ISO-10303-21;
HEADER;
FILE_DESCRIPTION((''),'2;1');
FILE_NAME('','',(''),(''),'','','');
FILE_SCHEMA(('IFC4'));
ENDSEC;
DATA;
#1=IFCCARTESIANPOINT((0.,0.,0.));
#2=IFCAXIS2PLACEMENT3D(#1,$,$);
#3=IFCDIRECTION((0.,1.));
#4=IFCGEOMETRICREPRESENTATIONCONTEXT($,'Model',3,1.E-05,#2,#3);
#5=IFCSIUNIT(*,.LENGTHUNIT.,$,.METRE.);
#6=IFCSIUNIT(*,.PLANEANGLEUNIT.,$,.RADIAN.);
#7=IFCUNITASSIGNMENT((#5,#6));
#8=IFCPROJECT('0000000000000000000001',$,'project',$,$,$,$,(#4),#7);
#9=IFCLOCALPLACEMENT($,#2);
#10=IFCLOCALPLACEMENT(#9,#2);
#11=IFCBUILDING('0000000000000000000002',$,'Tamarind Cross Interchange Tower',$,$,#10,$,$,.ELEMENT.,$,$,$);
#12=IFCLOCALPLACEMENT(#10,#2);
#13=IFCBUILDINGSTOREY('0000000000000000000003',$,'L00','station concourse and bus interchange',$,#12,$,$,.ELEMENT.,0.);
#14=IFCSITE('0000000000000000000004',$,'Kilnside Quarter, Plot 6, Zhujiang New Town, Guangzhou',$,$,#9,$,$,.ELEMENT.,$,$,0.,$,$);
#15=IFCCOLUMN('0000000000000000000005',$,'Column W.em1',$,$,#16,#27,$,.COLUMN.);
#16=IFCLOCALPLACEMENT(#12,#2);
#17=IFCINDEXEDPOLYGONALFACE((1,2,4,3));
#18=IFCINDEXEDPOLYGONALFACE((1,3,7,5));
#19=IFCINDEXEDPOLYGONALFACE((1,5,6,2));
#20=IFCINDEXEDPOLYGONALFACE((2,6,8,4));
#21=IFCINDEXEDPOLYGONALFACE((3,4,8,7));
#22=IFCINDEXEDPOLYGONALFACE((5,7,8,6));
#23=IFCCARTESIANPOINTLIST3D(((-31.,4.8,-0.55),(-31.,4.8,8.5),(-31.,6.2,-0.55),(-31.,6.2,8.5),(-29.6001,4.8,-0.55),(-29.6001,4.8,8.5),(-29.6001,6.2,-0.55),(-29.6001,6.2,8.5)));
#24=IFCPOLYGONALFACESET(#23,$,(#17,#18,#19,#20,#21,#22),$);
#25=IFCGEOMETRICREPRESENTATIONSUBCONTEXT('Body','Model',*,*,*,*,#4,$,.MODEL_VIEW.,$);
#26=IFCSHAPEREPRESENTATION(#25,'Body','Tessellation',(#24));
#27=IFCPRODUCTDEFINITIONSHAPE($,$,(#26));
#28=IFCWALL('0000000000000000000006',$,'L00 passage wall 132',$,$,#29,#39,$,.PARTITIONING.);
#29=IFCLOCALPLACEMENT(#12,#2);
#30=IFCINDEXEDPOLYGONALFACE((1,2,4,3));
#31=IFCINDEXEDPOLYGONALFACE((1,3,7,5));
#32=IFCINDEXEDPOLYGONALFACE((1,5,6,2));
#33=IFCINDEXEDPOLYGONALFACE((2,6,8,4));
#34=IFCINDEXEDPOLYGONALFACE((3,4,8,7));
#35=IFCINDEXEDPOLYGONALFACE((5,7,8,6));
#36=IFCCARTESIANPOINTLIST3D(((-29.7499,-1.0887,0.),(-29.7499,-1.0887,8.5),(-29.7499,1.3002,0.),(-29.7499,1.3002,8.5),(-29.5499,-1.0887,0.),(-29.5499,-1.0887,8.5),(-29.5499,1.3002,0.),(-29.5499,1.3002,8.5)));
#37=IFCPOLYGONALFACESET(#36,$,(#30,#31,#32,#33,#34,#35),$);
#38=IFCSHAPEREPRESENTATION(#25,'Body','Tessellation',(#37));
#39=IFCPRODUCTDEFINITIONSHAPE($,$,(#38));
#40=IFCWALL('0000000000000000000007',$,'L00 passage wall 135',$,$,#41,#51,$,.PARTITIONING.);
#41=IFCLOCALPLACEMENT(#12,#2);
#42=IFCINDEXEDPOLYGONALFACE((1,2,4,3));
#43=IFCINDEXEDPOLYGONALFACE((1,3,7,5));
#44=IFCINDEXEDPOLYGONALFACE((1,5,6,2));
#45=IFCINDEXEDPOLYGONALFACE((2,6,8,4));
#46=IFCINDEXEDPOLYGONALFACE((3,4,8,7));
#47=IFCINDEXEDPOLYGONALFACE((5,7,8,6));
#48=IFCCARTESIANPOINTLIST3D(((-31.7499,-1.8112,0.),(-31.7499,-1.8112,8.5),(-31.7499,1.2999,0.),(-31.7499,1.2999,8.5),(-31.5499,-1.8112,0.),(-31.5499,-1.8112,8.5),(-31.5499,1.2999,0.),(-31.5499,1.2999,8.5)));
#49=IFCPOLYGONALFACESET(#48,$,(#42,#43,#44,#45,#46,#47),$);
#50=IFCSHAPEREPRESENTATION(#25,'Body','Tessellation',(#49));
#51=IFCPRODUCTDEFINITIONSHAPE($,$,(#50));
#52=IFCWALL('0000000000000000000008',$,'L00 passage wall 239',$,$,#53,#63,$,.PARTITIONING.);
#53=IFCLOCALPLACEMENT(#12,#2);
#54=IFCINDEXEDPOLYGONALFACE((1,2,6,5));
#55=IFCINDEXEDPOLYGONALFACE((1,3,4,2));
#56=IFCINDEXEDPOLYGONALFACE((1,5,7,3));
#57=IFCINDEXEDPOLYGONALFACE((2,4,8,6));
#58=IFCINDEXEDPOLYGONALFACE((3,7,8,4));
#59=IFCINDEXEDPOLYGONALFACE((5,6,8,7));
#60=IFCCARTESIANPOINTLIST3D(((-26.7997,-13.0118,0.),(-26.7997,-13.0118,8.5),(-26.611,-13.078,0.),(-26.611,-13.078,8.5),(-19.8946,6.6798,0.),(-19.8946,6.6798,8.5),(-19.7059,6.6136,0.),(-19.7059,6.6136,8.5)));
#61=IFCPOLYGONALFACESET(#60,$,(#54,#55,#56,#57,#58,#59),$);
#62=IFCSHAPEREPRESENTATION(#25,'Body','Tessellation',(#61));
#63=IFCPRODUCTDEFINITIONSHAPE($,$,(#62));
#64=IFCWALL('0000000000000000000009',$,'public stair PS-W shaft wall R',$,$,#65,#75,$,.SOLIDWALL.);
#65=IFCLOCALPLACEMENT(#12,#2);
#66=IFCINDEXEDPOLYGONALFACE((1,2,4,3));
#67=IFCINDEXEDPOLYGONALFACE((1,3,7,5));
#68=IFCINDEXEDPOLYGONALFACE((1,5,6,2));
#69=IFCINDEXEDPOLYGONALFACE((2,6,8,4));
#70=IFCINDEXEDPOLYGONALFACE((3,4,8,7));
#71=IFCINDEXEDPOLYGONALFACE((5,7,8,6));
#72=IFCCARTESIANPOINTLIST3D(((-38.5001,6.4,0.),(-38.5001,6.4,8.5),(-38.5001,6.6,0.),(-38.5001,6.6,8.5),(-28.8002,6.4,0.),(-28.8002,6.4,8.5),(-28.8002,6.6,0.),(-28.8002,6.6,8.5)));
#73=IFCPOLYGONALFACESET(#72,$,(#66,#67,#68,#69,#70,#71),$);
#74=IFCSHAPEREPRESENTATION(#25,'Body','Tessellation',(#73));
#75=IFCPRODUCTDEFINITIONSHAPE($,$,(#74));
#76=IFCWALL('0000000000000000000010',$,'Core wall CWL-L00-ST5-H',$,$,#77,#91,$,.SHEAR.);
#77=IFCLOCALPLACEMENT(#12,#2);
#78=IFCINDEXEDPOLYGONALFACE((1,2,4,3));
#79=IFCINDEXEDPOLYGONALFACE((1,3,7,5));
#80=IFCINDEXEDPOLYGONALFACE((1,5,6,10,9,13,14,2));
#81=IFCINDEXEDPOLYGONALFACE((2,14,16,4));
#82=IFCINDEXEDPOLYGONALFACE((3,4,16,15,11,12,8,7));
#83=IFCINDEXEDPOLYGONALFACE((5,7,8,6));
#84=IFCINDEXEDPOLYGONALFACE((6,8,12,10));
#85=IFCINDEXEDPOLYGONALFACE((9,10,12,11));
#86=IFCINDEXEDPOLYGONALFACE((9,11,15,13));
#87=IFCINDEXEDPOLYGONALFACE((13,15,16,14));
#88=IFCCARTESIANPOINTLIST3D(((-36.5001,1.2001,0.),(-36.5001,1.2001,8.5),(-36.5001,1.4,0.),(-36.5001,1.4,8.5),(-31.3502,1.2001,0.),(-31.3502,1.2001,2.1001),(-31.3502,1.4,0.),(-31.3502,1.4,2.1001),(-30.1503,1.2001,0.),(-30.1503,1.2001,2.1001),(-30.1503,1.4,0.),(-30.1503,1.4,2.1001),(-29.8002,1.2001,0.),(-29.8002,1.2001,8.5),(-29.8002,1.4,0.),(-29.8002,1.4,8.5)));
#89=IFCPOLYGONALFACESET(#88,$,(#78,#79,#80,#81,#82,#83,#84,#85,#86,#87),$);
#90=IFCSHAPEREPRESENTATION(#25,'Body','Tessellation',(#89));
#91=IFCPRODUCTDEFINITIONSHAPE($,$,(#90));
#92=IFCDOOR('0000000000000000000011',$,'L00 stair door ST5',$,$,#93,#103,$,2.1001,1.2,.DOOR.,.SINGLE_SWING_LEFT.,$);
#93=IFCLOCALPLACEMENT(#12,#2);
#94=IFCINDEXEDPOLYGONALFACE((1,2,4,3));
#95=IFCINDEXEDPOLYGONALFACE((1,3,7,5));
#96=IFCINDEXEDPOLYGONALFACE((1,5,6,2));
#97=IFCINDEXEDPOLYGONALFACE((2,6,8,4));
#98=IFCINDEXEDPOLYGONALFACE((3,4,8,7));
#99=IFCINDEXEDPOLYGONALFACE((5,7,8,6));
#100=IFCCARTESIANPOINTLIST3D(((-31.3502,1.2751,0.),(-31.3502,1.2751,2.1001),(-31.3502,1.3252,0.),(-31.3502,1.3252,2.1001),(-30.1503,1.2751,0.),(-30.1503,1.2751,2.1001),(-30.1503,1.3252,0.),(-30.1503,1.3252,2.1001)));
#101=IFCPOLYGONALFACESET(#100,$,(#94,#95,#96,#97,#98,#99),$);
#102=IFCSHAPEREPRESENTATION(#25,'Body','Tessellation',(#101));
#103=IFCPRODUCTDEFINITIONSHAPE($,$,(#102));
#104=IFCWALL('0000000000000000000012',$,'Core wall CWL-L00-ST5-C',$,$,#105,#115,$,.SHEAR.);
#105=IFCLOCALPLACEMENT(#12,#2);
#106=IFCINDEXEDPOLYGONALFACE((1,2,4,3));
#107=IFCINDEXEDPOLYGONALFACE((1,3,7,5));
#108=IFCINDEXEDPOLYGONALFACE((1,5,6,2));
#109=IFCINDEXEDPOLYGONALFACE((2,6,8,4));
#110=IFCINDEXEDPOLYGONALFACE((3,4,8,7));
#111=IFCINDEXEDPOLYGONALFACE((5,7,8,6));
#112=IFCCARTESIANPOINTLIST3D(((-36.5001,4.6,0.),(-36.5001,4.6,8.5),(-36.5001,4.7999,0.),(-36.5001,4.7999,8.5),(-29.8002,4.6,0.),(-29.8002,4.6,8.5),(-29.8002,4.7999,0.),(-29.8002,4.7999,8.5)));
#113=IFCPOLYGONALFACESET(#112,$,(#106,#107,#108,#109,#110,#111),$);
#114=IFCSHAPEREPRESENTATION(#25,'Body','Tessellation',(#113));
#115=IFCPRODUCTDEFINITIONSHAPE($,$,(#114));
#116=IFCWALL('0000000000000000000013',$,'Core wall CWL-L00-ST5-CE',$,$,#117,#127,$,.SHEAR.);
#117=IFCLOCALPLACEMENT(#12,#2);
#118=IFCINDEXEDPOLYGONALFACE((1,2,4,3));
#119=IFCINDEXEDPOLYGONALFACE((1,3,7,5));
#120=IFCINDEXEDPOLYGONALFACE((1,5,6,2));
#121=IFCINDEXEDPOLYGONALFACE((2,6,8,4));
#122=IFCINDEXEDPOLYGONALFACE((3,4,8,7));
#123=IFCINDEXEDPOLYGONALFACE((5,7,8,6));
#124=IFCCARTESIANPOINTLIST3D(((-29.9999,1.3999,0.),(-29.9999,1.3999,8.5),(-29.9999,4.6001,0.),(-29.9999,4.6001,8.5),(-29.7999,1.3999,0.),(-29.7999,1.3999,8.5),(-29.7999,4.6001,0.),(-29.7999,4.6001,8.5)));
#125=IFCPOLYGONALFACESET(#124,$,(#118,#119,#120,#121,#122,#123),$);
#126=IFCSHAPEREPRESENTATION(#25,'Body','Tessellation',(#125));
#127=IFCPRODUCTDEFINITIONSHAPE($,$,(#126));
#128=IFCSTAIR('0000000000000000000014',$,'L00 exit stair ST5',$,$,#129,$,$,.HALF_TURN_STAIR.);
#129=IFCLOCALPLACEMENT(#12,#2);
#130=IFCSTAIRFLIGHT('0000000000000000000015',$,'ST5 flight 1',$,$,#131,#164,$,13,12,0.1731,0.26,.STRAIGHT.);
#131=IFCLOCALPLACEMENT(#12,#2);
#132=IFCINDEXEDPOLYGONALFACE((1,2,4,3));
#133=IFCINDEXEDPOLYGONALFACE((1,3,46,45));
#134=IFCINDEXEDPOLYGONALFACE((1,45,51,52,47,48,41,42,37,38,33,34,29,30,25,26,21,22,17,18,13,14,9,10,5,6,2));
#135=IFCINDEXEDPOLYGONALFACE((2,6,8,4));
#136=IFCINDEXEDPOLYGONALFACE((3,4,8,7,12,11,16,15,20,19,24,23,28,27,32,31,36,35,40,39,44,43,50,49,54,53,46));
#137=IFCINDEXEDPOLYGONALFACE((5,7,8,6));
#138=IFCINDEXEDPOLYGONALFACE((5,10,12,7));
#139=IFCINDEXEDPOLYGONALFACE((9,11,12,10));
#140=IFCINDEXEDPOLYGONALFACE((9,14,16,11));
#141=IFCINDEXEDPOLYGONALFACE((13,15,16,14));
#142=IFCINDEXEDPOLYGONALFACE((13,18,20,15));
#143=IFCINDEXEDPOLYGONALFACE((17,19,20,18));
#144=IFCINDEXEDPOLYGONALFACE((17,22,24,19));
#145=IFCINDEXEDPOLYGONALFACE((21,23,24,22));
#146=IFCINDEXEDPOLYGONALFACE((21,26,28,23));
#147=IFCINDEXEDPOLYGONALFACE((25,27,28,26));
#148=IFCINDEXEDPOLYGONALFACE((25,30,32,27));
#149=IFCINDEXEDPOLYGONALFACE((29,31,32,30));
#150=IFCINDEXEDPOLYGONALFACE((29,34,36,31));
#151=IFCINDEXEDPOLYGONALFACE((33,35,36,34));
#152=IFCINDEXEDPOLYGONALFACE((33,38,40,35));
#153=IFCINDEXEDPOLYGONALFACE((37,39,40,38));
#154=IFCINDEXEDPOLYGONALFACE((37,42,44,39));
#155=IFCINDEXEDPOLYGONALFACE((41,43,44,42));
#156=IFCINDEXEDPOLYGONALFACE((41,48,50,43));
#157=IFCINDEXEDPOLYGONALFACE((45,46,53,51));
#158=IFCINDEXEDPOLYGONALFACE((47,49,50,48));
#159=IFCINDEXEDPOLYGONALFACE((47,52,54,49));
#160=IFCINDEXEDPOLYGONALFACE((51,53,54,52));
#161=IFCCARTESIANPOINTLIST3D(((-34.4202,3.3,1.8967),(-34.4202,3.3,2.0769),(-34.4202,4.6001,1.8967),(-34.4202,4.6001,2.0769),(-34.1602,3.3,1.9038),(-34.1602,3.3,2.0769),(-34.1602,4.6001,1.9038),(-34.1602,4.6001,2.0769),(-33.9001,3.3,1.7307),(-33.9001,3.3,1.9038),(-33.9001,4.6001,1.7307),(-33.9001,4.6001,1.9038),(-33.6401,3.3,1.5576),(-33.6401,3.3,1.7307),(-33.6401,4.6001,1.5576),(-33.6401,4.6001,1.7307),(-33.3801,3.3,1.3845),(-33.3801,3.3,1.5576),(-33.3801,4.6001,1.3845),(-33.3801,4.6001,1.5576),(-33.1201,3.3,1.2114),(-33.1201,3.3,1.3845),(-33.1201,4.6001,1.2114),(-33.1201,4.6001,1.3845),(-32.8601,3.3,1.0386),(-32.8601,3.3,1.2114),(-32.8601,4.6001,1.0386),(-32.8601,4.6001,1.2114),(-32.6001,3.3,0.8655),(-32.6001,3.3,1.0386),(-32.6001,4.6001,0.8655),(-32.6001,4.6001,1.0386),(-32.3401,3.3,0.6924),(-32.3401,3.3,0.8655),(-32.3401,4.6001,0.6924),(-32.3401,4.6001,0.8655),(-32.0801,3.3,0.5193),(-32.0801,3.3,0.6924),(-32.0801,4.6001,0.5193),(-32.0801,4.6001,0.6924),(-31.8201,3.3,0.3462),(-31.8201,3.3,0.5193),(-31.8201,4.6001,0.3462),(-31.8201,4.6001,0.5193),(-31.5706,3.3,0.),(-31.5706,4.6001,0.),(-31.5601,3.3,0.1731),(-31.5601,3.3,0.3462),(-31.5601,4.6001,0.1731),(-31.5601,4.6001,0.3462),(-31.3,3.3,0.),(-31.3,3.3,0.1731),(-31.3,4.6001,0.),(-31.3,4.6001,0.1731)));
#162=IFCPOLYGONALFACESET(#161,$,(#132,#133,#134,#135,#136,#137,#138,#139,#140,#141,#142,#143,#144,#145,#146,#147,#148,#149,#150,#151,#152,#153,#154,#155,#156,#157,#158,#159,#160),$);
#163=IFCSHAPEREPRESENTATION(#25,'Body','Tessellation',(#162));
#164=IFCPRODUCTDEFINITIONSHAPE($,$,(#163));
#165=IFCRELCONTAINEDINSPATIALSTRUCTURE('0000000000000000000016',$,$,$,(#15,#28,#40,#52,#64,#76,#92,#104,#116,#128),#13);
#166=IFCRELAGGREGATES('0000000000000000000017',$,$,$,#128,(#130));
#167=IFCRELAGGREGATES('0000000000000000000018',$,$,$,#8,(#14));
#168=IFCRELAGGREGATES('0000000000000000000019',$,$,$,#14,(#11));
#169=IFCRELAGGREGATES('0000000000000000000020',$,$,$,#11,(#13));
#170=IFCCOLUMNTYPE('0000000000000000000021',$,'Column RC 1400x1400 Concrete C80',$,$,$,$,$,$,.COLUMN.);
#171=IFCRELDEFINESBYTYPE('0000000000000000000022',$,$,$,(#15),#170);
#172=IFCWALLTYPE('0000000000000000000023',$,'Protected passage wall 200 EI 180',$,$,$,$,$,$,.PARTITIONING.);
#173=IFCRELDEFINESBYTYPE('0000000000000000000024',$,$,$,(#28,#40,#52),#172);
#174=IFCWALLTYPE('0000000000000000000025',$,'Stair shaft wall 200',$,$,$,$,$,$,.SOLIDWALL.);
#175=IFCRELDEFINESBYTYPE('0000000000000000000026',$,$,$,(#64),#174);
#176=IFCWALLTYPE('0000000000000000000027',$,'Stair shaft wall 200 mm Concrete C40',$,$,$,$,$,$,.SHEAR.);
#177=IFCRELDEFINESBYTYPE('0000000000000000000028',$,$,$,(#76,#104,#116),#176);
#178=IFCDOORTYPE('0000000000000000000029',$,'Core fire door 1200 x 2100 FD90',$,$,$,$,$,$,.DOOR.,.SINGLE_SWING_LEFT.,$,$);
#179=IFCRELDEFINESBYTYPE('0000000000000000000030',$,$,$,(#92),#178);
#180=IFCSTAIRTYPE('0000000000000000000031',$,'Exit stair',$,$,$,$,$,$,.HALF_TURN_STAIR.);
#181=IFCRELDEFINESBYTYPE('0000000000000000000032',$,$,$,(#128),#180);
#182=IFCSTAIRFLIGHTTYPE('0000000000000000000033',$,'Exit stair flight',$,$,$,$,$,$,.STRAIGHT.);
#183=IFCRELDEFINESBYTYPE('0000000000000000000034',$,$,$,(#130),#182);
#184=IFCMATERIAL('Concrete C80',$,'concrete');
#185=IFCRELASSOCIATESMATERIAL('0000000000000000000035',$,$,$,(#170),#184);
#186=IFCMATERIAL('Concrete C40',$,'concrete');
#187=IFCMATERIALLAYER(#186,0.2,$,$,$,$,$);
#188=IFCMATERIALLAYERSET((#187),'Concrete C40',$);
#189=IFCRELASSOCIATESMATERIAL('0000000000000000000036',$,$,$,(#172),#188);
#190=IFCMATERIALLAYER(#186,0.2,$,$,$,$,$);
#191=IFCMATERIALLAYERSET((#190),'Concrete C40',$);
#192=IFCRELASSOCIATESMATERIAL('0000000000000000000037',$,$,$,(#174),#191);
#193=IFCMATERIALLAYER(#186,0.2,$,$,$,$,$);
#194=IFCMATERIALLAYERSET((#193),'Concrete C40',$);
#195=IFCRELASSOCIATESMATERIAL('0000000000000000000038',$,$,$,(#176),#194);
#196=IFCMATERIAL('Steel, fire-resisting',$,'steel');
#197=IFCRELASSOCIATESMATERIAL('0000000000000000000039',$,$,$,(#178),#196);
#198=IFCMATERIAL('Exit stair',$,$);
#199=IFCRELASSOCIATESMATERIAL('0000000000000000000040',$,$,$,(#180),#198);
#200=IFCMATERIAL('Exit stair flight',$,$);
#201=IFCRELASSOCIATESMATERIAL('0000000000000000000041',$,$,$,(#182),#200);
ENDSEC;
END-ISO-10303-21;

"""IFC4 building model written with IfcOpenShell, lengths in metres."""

from ifc_helpers import new_model, si_unit, direction, frame, frame_2d, origin, origin_2d, place, context, subcontext, project, spatial, polyline, rectangle, outline, extrude, material, layer, layer_set, material_profile, profile_set, type_object, element, fill, aggregate, save


model = new_model("IFC4")

# Units and contexts
model_context = context("Model", 3, precision=1e-05, world=origin(), true_north=direction((0.0, 1.0)))
body_context = subcontext(model_context, "Body", "Model", "MODEL_VIEW")
ifc_project = project(units=[si_unit("LENGTHUNIT", "METRE"), si_unit("PLANEANGLEUNIT", "RADIAN")], contexts=[model_context])

# Site, building, storey
site_placement = place(None, origin())
site = spatial("IfcSite", under=ifc_project, at=site_placement, Name="Kilnside Quarter, Plot 6, Zhujiang New Town, Guangzhou", CompositionType="ELEMENT", RefElevation=0.0)
building_placement = place(site_placement, origin())
building = spatial("IfcBuilding", under=site, at=building_placement, Name="Tamarind Cross Interchange Tower", CompositionType="ELEMENT")
storey_placement = place(building_placement, origin())
storey = spatial("IfcBuildingStorey", under=building, at=storey_placement, Name="L00", Description="station concourse and bus interchange", CompositionType="ELEMENT", Elevation=0.0)

# Column
ifc_material_1 = material(Name="Concrete C80", Category="concrete")
ifc_material_profile = material_profile(ifc_material_1, rectangle(XDim=1.3999, YDim=1.3999, at=origin_2d()), Name="RC 1400x1400")
ifc_profile_set = profile_set([ifc_material_profile], Name="Concrete C80")
column_type = type_object("IfcColumnType", Name="Column RC 1400x1400 Concrete C80", PredefinedType="COLUMN", material=ifc_profile_set)
column_placement = place(storey_placement, frame((-30.3, 5.5, -0.55), z_axis=(0.0, 0.0, 1.0), x_axis=(1.0, 0.0, 0.0)))
element("IfcColumn", 1, at=column_placement, inside=storey, type_object=column_type, Name="Column W.em1", PredefinedType="COLUMN", context=body_context, shape_type="SweptSolid", body=[
    extrude(rectangle(XDim=1.3999, YDim=1.3999, at=origin_2d()), origin(), (0.0, 0.0, 1.0), 9.05),
])

# Walls
ifc_material_2 = material(Name="Concrete C40", Category="concrete")
ifc_layer_1 = layer(ifc_material_2, 0.2)
ifc_layer_set_1 = layer_set([ifc_layer_1], Name="Concrete C40")
wall_type_1 = type_object("IfcWallType", Name="Protected passage wall 200 EI 180", PredefinedType="PARTITIONING", material=ifc_layer_set_1)
wall_1_placement = place(storey_placement, frame((-29.6499, 1.3, 0.0), z_axis=(0.0, 0.0, 1.0), x_axis=(0.0, -1.0, 0.0)))
element("IfcWall", 2, at=wall_1_placement, inside=storey, type_object=wall_type_1, Name="L00 passage wall 132", PredefinedType="PARTITIONING", context=body_context, shape_type="SweptSolid", body=[
    extrude(rectangle(XDim=2.3889, YDim=0.2, at=frame_2d((1.1943, 0.0))), origin(), (0.0, 0.0, 1.0), 8.5),
])
wall_2_placement = place(storey_placement, frame((-31.6499, 1.3, 0.0), z_axis=(0.0, 0.0, 1.0), x_axis=(0.0, -1.0, 0.0)))
element("IfcWall", 3, at=wall_2_placement, inside=storey, type_object=wall_type_1, Name="L00 passage wall 135", PredefinedType="PARTITIONING", context=body_context, shape_type="SweptSolid", body=[
    extrude(rectangle(XDim=3.1111, YDim=0.2, at=frame_2d((1.5557, 0.0))), origin(), (0.0, 0.0, 1.0), 8.5),
])
wall_3_placement = place(storey_placement, frame((-19.8003, 6.6467, 0.0), z_axis=(0.0, 0.0, 1.0), x_axis=(-0.330903, -0.943665, 0.0)))
element("IfcWall", 4, at=wall_3_placement, inside=storey, type_object=wall_type_1, Name="L00 passage wall 239", PredefinedType="PARTITIONING", context=body_context, shape_type="SweptSolid", body=[
    extrude(rectangle(XDim=20.8672, YDim=0.2, at=frame_2d((10.4336, 0.0))), origin(), (0.0, 0.0, 1.0), 8.5),
])
ifc_layer_2 = layer(ifc_material_2, 0.2)
ifc_layer_set_2 = layer_set([ifc_layer_2], Name="Concrete C40")
wall_type_2 = type_object("IfcWallType", Name="Stair shaft wall 200", PredefinedType="SOLIDWALL", material=ifc_layer_set_2)
wall_4_placement = place(storey_placement, frame((-28.8, 6.5, 0.0), z_axis=(0.0, 0.0, 1.0), x_axis=(-1.0, 0.0, 0.0)))
element("IfcWall", 5, at=wall_4_placement, inside=storey, type_object=wall_type_2, Name="public stair PS-W shaft wall R", PredefinedType="SOLIDWALL", context=body_context, shape_type="SweptSolid", body=[
    extrude(rectangle(XDim=9.7, YDim=0.2, at=frame_2d((4.8501, 0.0))), origin(), (0.0, 0.0, 1.0), 8.5),
])

# Wall, opening, door
ifc_layer_3 = layer(ifc_material_2, 0.2)
ifc_layer_set_3 = layer_set([ifc_layer_3], Name="Concrete C40")
wall_type_3 = type_object("IfcWallType", Name="Stair shaft wall 200 mm Concrete C40", PredefinedType="SHEAR", material=ifc_layer_set_3)
wall_5_placement = place(storey_placement, frame((-29.8, 1.3, 0.0), z_axis=(0.0, 0.0, 1.0), x_axis=(-1.0, 0.0, 0.0)))
wall_5 = element("IfcWall", 6, at=wall_5_placement, inside=storey, type_object=wall_type_3, Name="Core wall CWL-L00-ST5-H", PredefinedType="SHEAR", context=body_context, shape_type="SweptSolid", body=[
    extrude(rectangle(XDim=6.7, YDim=0.2, at=frame_2d((3.3501, 0.0))), origin(), (0.0, 0.0, 1.0), 8.5),
])
opening_placement = place(wall_5_placement, frame((0.3501, 0.0, 0.0)))
opening = element("IfcOpeningElement", 7, at=opening_placement, cuts=wall_5, PredefinedType="OPENING", context=body_context, shape_type="SweptSolid", body=[
    extrude(rectangle(XDim=1.2, YDim=2.1001, at=frame_2d((0.6001, 1.05))), frame((0.0, 0.1099, 0.0), z_axis=(0.0, -1.0, 0.0), x_axis=(1.0, 0.0, 0.0)), (0.0, 0.0, 1.0), 0.22),
])
ifc_material_3 = material(Name="Steel, fire-resisting", Category="steel")
door_type = type_object("IfcDoorType", Name="Core fire door 1200 x 2100 FD90", OperationType="SINGLE_SWING_LEFT", PredefinedType="DOOR", material=ifc_material_3)
door_placement = place(opening_placement, origin())
door = element("IfcDoor", 8, at=door_placement, inside=storey, type_object=door_type, Name="L00 stair door ST5", OperationType="SINGLE_SWING_LEFT", OverallHeight=2.1001, OverallWidth=1.2, PredefinedType="DOOR", context=body_context, shape_type="SweptSolid", body=[
    extrude(rectangle(XDim=1.2, YDim=2.1001, at=frame_2d((0.6001, 1.05))), frame((0.0, 0.0249, 0.0), z_axis=(0.0, -1.0, 0.0), x_axis=(1.0, 0.0, 0.0)), (0.0, 0.0, 1.0), 0.05),
])
fill(opening, door)

# Walls
wall_6_placement = place(storey_placement, frame((-29.8, 4.7, 0.0), z_axis=(0.0, 0.0, 1.0), x_axis=(-1.0, 0.0, 0.0)))
element("IfcWall", 9, at=wall_6_placement, inside=storey, type_object=wall_type_3, Name="Core wall CWL-L00-ST5-C", PredefinedType="SHEAR", context=body_context, shape_type="SweptSolid", body=[
    extrude(rectangle(XDim=6.7, YDim=0.2, at=frame_2d((3.3501, 0.0))), origin(), (0.0, 0.0, 1.0), 8.5),
])
wall_7_placement = place(storey_placement, frame((-29.8999, 4.6001, 0.0), z_axis=(0.0, 0.0, 1.0), x_axis=(0.0, -1.0, 0.0)))
element("IfcWall", 10, at=wall_7_placement, inside=storey, type_object=wall_type_3, Name="Core wall CWL-L00-ST5-CE", PredefinedType="SHEAR", context=body_context, shape_type="SweptSolid", body=[
    extrude(rectangle(XDim=3.2002, YDim=0.2, at=frame_2d((1.6001, 0.0))), origin(), (0.0, 0.0, 1.0), 8.5),
])

# Stair, stair flight
ifc_material_4 = material(Name="Exit stair")
stair_type = type_object("IfcStairType", Name="Exit stair", PredefinedType="HALF_TURN_STAIR", material=ifc_material_4)
stair_placement = place(storey_placement, origin())
stair = element("IfcStair", 11, at=stair_placement, inside=storey, type_object=stair_type, Name="L00 exit stair ST5", PredefinedType="HALF_TURN_STAIR")
ifc_material_5 = material(Name="Exit stair flight")
stair_flight_type = type_object("IfcStairFlightType", Name="Exit stair flight", PredefinedType="STRAIGHT", material=ifc_material_5)
stair_flight_1_placement = place(storey_placement, frame((-31.3, 3.95, 0.0), z_axis=(0.0, 0.0, 1.0), x_axis=(-1.0, 0.0, 0.0)))
stair_flight_1 = element("IfcStairFlight", 12, at=stair_flight_1_placement, type_object=stair_flight_type, Name="ST5 flight 1", NumberOfRisers=13, NumberOfTreads=12, PredefinedType="STRAIGHT", RiserHeight=0.1731, TreadLength=0.26, context=body_context, shape_type="SweptSolid", body=[
    extrude(outline(polyline([(0.0, 0.0), (0.0, 0.1731), (0.26, 0.1731), (0.26, 0.3462), (0.52, 0.3462), (0.52, 0.5193), (0.78, 0.5193), (0.78, 0.6924), (1.04, 0.6924), (1.04, 0.8655), (1.3, 0.8655), (1.3, 1.0386), (1.5601, 1.0386), (1.5601, 1.2114), (1.8201, 1.2114), (1.8201, 1.3845), (2.0801, 1.3845), (2.0801, 1.5576), (2.3401, 1.5576), (2.3401, 1.7307), (2.6001, 1.7307), (2.6001, 1.9038), (2.8601, 1.9038), (2.8601, 2.0769), (3.1201, 2.0769), (3.1201, 2.25), (3.1201, 1.8967), (0.2705, 0.0), (0.0, 0.0)])), frame((0.0, 0.6499, 0.0), z_axis=(0.0, -1.0, 0.0), x_axis=(1.0, 0.0, 0.0)), (0.0, 0.0, 1.0), 1.3),
])
aggregate(stair, [stair_flight_1])

save(model, "model.ifc")
